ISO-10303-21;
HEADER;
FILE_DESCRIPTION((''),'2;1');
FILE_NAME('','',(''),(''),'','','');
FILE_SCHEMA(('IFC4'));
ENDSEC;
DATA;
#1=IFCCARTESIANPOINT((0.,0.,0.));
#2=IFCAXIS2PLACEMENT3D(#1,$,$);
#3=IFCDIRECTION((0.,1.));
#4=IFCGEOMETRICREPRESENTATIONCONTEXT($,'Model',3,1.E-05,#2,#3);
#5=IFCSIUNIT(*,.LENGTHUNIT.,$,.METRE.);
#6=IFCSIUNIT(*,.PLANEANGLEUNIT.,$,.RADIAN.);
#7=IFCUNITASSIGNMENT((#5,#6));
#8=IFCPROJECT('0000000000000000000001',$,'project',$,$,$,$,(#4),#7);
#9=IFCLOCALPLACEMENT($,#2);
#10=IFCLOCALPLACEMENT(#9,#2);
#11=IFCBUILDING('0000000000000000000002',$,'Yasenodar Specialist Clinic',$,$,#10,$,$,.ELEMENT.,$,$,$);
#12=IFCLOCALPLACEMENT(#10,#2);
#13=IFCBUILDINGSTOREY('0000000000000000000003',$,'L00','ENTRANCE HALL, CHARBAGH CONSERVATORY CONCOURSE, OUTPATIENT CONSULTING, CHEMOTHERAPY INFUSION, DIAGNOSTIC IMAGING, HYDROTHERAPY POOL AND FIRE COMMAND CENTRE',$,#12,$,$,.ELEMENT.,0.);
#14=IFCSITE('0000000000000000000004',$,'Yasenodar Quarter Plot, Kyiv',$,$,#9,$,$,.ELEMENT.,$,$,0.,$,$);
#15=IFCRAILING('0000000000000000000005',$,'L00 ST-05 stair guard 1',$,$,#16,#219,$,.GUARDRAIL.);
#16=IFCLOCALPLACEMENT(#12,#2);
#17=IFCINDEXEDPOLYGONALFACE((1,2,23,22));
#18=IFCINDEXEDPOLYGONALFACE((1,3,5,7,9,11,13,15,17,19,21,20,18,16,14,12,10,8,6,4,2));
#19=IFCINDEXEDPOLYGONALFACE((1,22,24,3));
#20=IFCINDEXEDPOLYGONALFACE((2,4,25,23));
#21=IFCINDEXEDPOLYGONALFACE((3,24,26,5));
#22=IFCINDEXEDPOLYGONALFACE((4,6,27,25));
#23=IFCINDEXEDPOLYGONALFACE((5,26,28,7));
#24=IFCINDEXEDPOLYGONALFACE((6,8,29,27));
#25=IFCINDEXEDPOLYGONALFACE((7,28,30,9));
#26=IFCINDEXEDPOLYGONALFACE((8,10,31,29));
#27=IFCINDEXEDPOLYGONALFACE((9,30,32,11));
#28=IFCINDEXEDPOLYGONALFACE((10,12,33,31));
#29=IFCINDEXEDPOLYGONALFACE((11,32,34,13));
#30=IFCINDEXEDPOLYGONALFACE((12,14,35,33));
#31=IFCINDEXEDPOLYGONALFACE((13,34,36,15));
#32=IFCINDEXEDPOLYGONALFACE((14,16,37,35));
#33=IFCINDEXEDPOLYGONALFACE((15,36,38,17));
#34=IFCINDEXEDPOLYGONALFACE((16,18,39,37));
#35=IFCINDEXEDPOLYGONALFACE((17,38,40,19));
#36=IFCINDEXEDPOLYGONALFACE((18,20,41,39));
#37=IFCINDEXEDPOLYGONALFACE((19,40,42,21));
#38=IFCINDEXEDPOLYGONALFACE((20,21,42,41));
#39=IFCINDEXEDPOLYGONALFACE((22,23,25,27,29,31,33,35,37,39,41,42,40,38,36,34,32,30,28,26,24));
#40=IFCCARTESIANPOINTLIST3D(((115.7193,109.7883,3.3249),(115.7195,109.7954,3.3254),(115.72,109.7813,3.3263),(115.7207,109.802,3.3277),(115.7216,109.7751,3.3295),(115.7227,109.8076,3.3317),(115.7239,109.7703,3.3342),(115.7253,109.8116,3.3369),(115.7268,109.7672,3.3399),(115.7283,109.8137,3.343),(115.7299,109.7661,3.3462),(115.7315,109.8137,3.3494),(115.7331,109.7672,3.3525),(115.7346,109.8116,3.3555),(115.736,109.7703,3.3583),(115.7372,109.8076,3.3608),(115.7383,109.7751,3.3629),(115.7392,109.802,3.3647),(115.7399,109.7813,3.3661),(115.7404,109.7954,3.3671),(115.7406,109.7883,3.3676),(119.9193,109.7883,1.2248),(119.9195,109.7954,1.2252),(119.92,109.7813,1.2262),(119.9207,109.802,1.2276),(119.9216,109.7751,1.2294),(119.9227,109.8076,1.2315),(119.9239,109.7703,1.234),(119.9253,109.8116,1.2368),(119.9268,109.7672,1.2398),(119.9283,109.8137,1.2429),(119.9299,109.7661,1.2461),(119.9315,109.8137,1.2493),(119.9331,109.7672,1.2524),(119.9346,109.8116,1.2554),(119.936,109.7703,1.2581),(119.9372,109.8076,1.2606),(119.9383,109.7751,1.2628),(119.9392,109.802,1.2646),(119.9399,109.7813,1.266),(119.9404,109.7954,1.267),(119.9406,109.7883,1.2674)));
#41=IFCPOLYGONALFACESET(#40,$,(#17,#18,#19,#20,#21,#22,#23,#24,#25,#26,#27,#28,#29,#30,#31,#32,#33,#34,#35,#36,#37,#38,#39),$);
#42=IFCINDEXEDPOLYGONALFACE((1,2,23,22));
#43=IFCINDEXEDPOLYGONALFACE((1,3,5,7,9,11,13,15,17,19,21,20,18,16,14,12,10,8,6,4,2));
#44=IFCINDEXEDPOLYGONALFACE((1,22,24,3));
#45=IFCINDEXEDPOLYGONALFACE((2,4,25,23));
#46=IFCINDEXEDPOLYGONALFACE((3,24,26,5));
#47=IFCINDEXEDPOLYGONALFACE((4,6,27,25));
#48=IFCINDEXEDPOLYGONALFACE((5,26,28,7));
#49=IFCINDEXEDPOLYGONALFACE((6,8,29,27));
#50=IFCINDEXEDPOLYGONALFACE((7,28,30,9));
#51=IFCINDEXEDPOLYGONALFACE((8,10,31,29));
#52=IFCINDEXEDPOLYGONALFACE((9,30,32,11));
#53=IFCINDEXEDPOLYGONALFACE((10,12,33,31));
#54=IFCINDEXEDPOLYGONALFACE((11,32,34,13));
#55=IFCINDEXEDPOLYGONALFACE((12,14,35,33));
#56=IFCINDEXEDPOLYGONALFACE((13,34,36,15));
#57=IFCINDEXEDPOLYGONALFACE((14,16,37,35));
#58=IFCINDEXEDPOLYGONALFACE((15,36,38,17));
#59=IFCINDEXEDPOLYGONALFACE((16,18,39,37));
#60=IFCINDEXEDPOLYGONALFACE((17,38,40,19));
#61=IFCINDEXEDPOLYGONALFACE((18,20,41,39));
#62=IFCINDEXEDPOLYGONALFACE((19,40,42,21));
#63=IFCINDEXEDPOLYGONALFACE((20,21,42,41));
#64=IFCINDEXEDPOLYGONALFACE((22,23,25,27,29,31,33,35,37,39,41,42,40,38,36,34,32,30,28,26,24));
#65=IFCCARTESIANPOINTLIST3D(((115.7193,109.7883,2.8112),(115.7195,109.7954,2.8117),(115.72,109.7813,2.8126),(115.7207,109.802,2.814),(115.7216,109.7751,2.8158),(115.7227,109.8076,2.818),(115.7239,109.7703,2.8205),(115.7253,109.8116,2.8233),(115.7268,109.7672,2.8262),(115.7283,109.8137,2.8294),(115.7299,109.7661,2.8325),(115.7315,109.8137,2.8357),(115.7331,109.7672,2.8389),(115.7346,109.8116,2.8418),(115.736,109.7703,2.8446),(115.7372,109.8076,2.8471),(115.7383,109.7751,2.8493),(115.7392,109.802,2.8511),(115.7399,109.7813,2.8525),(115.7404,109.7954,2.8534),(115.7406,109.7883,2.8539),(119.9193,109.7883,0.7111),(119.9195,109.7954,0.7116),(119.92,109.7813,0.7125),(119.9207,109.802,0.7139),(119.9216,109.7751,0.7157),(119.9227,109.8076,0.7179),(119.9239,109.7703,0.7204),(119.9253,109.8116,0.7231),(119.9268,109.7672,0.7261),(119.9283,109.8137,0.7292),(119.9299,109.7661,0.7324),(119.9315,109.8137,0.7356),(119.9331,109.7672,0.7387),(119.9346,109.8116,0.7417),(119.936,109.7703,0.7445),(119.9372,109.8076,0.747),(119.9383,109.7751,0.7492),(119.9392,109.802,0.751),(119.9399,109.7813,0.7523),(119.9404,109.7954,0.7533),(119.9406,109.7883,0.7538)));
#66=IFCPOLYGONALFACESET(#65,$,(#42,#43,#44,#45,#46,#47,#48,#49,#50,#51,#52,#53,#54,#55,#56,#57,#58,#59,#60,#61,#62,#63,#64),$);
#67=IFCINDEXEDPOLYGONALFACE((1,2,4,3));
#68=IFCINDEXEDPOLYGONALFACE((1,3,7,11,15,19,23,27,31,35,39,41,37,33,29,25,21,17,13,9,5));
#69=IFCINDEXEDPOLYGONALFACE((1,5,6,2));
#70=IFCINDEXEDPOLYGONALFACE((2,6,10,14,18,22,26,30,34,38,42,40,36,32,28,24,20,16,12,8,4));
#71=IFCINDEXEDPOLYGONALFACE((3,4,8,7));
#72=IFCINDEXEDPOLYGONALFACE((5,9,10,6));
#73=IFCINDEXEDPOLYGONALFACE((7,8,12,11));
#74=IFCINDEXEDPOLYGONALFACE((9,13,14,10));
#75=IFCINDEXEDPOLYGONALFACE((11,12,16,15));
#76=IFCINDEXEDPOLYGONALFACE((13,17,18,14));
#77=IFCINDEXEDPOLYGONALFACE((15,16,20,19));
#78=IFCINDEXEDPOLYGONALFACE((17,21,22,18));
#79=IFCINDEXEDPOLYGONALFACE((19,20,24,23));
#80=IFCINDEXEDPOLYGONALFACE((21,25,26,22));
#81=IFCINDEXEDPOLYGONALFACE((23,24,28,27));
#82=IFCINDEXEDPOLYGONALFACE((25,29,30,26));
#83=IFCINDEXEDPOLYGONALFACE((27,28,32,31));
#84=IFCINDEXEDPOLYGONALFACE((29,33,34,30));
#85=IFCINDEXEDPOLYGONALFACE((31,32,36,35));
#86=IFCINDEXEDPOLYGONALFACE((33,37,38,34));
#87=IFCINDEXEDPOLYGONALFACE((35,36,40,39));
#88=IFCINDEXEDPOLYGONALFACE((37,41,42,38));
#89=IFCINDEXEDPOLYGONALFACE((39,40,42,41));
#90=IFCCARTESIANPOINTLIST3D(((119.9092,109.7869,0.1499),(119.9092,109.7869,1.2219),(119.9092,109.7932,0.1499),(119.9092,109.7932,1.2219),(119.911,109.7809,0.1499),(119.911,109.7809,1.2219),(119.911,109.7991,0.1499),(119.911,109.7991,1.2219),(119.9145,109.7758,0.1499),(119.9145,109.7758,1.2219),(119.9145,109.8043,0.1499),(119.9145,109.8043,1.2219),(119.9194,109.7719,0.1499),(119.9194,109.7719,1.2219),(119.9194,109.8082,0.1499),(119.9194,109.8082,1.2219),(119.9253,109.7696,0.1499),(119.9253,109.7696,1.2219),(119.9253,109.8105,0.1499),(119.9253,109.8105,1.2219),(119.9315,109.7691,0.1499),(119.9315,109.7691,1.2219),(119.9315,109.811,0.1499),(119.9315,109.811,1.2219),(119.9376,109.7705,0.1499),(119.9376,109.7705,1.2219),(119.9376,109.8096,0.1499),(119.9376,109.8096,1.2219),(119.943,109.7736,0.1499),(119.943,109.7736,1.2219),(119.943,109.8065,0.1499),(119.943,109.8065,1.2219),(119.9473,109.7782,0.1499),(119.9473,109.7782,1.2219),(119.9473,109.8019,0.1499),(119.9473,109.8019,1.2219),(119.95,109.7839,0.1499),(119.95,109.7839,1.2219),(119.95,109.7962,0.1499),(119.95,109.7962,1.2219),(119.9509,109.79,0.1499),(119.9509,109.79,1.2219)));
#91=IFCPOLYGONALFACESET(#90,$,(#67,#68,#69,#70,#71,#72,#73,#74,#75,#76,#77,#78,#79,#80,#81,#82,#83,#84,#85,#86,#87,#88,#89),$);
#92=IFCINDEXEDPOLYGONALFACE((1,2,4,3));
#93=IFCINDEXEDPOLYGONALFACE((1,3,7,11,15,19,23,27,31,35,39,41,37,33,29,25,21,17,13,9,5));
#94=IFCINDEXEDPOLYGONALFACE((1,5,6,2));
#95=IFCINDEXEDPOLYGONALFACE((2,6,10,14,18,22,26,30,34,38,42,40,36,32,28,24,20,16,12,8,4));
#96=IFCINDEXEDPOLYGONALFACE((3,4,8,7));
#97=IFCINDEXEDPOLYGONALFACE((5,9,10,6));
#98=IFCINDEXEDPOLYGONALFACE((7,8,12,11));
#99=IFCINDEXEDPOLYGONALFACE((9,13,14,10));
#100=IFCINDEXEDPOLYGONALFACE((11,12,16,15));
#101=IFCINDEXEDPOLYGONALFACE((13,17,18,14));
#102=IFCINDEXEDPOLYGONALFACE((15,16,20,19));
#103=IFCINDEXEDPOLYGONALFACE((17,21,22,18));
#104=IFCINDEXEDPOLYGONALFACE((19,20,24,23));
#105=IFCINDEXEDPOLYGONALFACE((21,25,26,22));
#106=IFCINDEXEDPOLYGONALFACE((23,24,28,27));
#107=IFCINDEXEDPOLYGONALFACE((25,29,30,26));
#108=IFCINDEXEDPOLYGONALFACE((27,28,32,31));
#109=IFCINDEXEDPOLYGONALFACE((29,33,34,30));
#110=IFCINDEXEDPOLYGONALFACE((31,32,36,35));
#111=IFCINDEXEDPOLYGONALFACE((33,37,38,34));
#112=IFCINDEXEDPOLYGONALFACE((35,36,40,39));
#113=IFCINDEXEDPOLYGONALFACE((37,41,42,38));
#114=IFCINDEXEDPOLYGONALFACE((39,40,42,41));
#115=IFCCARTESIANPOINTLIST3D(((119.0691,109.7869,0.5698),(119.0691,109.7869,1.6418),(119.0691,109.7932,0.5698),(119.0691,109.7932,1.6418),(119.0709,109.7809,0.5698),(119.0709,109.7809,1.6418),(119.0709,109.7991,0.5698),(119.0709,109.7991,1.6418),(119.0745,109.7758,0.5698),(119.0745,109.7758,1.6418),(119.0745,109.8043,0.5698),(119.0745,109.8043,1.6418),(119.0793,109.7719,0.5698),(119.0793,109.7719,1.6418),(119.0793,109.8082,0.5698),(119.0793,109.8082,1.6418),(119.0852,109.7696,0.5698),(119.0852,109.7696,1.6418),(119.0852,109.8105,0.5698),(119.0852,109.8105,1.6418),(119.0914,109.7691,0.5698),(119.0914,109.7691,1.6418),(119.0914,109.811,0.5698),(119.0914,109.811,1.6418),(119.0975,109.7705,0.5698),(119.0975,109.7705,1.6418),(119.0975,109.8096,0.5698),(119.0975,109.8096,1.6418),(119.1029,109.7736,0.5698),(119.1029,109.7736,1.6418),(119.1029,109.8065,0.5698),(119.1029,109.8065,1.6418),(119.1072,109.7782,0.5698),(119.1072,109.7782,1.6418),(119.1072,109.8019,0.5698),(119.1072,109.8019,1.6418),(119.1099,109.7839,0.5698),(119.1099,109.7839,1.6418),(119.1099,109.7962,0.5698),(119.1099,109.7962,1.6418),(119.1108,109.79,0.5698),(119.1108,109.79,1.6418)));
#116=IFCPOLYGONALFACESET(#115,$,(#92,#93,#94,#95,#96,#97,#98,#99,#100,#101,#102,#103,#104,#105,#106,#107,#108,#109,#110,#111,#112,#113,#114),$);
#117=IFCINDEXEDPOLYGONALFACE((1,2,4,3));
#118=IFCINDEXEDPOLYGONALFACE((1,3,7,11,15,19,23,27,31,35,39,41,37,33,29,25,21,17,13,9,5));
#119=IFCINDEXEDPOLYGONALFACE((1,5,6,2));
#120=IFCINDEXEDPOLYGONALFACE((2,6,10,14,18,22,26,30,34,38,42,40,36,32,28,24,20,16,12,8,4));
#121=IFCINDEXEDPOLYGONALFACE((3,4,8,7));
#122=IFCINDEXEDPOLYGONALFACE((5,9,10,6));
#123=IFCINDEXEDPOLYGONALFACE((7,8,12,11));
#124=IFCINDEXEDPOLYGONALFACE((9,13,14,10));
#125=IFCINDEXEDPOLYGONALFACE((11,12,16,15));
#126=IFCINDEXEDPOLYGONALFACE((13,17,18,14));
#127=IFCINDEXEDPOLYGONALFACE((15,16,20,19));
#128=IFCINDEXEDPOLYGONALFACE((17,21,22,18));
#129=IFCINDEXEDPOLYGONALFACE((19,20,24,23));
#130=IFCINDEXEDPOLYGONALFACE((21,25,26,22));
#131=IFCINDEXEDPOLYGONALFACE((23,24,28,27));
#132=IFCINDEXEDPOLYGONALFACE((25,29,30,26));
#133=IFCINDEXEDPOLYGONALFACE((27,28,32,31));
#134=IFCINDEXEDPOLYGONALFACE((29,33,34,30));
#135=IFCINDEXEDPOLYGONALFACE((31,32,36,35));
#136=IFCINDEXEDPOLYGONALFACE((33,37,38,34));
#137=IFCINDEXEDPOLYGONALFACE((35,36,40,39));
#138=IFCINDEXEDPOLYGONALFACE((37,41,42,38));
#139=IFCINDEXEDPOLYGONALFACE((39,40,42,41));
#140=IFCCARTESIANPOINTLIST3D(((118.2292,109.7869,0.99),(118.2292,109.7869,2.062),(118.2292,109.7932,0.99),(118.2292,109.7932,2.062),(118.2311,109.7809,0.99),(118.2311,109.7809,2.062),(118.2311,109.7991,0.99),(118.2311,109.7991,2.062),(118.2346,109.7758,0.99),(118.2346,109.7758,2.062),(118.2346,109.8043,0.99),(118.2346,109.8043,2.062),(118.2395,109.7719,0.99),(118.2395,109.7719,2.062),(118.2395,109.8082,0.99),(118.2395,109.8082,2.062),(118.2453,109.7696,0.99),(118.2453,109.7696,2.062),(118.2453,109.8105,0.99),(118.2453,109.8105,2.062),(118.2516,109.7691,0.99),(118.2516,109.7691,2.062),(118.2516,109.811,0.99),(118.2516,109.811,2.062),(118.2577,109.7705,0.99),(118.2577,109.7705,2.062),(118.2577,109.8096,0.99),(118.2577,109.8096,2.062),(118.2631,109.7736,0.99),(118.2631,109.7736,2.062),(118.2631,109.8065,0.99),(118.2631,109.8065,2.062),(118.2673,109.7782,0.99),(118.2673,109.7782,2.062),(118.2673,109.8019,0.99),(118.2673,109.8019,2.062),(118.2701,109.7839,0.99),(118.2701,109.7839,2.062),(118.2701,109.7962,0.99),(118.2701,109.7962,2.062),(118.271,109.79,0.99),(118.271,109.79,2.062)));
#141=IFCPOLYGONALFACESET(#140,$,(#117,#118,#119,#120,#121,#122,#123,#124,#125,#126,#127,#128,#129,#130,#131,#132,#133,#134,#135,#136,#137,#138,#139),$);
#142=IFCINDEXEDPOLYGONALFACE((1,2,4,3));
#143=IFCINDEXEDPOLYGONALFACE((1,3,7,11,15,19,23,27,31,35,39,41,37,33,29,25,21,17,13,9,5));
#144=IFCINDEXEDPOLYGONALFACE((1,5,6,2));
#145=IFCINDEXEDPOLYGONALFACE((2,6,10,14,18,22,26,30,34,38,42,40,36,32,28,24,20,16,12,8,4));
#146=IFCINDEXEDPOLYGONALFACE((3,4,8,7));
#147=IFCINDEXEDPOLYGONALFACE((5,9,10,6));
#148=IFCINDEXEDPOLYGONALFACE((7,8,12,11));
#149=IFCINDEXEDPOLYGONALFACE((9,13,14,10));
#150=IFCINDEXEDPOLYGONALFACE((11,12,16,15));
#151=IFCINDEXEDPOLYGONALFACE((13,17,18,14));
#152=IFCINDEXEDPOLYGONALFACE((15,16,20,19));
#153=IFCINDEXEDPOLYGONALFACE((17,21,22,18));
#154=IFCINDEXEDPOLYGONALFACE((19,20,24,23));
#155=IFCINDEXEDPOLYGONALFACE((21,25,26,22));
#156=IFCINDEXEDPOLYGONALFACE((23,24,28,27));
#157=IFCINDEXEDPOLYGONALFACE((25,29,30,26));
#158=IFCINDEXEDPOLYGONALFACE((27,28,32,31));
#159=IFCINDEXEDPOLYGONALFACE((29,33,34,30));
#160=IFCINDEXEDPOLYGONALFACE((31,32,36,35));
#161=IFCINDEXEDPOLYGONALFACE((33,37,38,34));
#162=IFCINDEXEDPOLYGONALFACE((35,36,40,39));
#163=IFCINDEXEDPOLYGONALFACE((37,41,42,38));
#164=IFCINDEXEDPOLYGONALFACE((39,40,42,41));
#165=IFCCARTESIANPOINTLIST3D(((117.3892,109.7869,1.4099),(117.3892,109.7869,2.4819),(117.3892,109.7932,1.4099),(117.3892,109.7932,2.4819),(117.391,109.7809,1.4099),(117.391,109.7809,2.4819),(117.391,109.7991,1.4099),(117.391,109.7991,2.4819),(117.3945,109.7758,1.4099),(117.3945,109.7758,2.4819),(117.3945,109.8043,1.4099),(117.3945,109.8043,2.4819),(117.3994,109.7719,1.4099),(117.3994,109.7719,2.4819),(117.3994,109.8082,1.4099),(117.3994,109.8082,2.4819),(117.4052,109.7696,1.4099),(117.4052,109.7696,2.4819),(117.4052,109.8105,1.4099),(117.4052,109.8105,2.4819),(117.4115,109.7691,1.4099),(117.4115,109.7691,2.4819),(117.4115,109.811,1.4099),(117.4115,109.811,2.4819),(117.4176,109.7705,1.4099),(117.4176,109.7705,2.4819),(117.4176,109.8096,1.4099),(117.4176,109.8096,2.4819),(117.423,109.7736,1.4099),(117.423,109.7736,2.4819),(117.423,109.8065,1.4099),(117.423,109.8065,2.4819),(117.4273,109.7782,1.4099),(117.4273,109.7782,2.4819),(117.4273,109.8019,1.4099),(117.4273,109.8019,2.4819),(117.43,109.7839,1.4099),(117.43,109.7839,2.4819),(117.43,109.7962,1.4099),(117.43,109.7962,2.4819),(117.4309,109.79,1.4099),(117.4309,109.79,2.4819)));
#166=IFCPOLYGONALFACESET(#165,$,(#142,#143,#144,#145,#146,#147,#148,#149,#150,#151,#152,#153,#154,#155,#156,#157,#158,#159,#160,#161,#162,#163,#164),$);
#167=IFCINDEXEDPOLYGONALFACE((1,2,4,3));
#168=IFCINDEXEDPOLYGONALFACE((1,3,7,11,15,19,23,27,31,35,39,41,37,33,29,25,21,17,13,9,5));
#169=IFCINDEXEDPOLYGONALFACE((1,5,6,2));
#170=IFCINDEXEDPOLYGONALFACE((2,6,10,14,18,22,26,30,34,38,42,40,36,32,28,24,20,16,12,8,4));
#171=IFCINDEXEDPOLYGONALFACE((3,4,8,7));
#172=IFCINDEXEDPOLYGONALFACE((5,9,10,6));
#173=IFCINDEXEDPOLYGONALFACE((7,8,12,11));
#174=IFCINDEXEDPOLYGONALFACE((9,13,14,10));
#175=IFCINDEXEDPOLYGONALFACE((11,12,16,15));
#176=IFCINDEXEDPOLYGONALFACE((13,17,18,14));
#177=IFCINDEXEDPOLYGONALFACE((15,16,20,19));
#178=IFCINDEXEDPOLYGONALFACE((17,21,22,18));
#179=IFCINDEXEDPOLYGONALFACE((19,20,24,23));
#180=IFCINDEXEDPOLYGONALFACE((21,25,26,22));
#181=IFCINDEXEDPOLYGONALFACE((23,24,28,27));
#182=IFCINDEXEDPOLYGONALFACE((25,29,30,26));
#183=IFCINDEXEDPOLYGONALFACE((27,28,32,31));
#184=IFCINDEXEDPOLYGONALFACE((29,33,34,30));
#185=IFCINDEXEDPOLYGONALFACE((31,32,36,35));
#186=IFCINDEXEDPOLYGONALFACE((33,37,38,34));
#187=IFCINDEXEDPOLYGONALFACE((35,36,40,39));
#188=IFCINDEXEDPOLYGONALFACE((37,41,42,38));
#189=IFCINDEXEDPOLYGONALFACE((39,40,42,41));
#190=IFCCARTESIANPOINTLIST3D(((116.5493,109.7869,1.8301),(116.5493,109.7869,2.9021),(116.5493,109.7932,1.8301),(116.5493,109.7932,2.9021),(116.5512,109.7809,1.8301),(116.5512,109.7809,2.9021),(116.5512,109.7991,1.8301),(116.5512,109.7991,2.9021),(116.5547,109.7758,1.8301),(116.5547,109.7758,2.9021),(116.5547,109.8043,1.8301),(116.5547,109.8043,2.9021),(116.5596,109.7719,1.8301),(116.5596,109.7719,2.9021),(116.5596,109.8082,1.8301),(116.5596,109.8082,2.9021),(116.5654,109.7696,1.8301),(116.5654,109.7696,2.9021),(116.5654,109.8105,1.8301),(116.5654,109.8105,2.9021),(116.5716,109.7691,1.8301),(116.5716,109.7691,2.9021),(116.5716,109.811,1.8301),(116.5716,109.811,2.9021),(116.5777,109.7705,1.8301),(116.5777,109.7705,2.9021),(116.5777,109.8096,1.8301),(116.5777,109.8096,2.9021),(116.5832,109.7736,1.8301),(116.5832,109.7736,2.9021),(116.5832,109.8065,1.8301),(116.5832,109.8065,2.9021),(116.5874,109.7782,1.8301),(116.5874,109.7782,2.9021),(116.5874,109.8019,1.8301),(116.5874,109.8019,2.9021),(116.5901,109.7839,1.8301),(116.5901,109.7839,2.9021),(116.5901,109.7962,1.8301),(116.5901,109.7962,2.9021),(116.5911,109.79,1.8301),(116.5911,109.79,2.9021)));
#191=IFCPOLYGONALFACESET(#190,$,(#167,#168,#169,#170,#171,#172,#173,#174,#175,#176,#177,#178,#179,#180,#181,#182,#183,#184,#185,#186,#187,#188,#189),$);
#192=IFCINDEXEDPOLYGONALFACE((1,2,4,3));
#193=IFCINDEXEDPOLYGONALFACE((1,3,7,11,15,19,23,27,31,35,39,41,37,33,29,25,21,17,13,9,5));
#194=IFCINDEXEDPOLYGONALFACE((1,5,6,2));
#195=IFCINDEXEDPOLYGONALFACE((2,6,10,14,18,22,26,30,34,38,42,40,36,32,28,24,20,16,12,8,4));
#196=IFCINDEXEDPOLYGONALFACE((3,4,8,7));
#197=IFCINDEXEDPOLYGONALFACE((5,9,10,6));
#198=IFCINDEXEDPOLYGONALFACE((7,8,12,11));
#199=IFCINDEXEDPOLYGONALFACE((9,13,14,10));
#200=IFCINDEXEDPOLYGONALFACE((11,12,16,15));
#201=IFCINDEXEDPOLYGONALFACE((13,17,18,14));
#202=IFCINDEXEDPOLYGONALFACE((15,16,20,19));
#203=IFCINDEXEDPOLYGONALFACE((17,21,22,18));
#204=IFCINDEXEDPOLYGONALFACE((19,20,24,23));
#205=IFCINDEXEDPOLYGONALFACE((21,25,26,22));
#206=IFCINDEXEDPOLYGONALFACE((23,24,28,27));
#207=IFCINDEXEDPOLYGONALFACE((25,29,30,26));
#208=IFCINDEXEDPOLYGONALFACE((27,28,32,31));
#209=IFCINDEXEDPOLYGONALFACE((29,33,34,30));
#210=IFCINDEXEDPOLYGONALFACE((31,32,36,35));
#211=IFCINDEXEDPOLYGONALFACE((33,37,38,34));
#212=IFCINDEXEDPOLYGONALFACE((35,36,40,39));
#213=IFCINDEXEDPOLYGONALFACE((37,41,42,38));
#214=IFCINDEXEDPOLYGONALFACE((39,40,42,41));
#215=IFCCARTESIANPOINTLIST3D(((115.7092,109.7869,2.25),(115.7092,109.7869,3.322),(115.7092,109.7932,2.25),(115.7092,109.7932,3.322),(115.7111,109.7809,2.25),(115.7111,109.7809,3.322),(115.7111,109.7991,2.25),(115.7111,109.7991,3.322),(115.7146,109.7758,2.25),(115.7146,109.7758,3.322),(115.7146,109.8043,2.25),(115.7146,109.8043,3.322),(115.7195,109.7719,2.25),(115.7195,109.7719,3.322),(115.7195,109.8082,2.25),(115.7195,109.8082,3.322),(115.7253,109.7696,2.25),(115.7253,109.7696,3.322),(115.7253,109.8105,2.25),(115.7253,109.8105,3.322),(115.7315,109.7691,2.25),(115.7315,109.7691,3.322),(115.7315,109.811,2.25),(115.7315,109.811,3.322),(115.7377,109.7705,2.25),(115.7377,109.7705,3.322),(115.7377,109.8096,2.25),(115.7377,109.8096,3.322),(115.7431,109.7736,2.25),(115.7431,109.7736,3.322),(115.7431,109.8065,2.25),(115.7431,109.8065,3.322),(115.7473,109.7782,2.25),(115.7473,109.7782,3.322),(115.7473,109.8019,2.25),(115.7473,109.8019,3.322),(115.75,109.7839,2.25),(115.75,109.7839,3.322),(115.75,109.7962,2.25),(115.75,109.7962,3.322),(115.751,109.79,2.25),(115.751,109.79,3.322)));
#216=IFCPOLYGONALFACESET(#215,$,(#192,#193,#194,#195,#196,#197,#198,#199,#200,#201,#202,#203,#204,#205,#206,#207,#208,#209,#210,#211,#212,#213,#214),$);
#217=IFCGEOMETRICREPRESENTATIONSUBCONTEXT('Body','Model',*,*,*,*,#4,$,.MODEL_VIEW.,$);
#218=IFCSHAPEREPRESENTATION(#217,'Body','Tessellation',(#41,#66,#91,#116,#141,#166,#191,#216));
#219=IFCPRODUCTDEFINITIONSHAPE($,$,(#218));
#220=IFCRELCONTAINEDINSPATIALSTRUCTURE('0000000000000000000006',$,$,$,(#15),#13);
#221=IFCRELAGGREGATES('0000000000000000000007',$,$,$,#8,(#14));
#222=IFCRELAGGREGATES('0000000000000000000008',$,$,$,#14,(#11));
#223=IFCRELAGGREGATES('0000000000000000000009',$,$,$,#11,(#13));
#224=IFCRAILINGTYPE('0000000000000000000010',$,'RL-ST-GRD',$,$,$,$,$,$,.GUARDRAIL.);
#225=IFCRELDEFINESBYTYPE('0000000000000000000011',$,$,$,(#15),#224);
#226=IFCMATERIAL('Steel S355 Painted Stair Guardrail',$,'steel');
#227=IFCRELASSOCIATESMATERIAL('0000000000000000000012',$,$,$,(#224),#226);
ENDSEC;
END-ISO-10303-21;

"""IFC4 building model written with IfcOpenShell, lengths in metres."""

from ifc_helpers import new_model, si_unit, direction, frame, origin, origin_2d, place, context, subcontext, project, spatial, circle, extrude, material, type_object, element, save


model = new_model("IFC4")

# Units and contexts
model_context = context("Model", 3, precision=1e-05, world=origin(), true_north=direction((0.0, 1.0)))
body_context = subcontext(model_context, "Body", "Model", "MODEL_VIEW")
ifc_project = project(units=[si_unit("LENGTHUNIT", "METRE"), si_unit("PLANEANGLEUNIT", "RADIAN")], contexts=[model_context])

# Site, building, storey
site_placement = place(None, origin())
site = spatial("IfcSite", under=ifc_project, at=site_placement, Name="Yasenodar Quarter Plot, Kyiv", CompositionType="ELEMENT", RefElevation=0.0)
building_placement = place(site_placement, origin())
building = spatial("IfcBuilding", under=site, at=building_placement, Name="Yasenodar Specialist Clinic", CompositionType="ELEMENT")
storey_placement = place(building_placement, origin())
storey = spatial("IfcBuildingStorey", under=building, at=storey_placement, Name="L00", Description="ENTRANCE HALL, CHARBAGH CONSERVATORY CONCOURSE, OUTPATIENT CONSULTING, CHEMOTHERAPY INFUSION, DIAGNOSTIC IMAGING, HYDROTHERAPY POOL AND FIRE COMMAND CENTRE", CompositionType="ELEMENT", Elevation=0.0)

# Railing
ifc_material_1 = material(Name="Steel S355 Painted Stair Guardrail", Category="steel")
railing_type_1 = type_object("IfcRailingType", Name="RL-ST-GRD", PredefinedType="GUARDRAIL", material=ifc_material_1)
railing_1_placement = place(storey_placement, frame((119.9299, 109.79, 0.1499)))
element("IfcRailing", 1, at=railing_1_placement, inside=storey, type_object=railing_type_1, Name="L00 ST-05 stair guard 1", PredefinedType="GUARDRAIL", context=body_context, shape_type="SweptSolid", body=[
    extrude(circle(Radius=0.0239, at=origin_2d()), frame((0.0, 0.0, 1.0962), z_axis=(-0.894417, 0.0, 0.447234), x_axis=(0.0, -1.0, 0.0)), (0.0, 0.0, 1.0), 4.6958),
    extrude(circle(Radius=0.0239, at=origin_2d()), frame((0.0, 0.0, 0.5825), z_axis=(-0.894417, 0.0, 0.447234), x_axis=(0.0, -1.0, 0.0)), (0.0, 0.0, 1.0), 4.6958),
    extrude(circle(Radius=0.021, at=origin_2d()), origin(), (0.0, 0.0, 1.0), 1.072),
    extrude(circle(Radius=0.021, at=origin_2d()), frame((-0.8401, 0.0, 0.4199)), (0.0, 0.0, 1.0), 1.072),
    extrude(circle(Radius=0.021, at=origin_2d()), frame((-1.6799, 0.0, 0.8401)), (0.0, 0.0, 1.0), 1.072),
    extrude(circle(Radius=0.021, at=origin_2d()), frame((-2.52, 0.0, 1.26)), (0.0, 0.0, 1.0), 1.072),
    extrude(circle(Radius=0.021, at=origin_2d()), frame((-3.3599, 0.0, 1.6802)), (0.0, 0.0, 1.0), 1.072),
    extrude(circle(Radius=0.021, at=origin_2d()), frame((-4.2, 0.0, 2.1001)), (0.0, 0.0, 1.0), 1.072),
])

save(model, "model.ifc")
